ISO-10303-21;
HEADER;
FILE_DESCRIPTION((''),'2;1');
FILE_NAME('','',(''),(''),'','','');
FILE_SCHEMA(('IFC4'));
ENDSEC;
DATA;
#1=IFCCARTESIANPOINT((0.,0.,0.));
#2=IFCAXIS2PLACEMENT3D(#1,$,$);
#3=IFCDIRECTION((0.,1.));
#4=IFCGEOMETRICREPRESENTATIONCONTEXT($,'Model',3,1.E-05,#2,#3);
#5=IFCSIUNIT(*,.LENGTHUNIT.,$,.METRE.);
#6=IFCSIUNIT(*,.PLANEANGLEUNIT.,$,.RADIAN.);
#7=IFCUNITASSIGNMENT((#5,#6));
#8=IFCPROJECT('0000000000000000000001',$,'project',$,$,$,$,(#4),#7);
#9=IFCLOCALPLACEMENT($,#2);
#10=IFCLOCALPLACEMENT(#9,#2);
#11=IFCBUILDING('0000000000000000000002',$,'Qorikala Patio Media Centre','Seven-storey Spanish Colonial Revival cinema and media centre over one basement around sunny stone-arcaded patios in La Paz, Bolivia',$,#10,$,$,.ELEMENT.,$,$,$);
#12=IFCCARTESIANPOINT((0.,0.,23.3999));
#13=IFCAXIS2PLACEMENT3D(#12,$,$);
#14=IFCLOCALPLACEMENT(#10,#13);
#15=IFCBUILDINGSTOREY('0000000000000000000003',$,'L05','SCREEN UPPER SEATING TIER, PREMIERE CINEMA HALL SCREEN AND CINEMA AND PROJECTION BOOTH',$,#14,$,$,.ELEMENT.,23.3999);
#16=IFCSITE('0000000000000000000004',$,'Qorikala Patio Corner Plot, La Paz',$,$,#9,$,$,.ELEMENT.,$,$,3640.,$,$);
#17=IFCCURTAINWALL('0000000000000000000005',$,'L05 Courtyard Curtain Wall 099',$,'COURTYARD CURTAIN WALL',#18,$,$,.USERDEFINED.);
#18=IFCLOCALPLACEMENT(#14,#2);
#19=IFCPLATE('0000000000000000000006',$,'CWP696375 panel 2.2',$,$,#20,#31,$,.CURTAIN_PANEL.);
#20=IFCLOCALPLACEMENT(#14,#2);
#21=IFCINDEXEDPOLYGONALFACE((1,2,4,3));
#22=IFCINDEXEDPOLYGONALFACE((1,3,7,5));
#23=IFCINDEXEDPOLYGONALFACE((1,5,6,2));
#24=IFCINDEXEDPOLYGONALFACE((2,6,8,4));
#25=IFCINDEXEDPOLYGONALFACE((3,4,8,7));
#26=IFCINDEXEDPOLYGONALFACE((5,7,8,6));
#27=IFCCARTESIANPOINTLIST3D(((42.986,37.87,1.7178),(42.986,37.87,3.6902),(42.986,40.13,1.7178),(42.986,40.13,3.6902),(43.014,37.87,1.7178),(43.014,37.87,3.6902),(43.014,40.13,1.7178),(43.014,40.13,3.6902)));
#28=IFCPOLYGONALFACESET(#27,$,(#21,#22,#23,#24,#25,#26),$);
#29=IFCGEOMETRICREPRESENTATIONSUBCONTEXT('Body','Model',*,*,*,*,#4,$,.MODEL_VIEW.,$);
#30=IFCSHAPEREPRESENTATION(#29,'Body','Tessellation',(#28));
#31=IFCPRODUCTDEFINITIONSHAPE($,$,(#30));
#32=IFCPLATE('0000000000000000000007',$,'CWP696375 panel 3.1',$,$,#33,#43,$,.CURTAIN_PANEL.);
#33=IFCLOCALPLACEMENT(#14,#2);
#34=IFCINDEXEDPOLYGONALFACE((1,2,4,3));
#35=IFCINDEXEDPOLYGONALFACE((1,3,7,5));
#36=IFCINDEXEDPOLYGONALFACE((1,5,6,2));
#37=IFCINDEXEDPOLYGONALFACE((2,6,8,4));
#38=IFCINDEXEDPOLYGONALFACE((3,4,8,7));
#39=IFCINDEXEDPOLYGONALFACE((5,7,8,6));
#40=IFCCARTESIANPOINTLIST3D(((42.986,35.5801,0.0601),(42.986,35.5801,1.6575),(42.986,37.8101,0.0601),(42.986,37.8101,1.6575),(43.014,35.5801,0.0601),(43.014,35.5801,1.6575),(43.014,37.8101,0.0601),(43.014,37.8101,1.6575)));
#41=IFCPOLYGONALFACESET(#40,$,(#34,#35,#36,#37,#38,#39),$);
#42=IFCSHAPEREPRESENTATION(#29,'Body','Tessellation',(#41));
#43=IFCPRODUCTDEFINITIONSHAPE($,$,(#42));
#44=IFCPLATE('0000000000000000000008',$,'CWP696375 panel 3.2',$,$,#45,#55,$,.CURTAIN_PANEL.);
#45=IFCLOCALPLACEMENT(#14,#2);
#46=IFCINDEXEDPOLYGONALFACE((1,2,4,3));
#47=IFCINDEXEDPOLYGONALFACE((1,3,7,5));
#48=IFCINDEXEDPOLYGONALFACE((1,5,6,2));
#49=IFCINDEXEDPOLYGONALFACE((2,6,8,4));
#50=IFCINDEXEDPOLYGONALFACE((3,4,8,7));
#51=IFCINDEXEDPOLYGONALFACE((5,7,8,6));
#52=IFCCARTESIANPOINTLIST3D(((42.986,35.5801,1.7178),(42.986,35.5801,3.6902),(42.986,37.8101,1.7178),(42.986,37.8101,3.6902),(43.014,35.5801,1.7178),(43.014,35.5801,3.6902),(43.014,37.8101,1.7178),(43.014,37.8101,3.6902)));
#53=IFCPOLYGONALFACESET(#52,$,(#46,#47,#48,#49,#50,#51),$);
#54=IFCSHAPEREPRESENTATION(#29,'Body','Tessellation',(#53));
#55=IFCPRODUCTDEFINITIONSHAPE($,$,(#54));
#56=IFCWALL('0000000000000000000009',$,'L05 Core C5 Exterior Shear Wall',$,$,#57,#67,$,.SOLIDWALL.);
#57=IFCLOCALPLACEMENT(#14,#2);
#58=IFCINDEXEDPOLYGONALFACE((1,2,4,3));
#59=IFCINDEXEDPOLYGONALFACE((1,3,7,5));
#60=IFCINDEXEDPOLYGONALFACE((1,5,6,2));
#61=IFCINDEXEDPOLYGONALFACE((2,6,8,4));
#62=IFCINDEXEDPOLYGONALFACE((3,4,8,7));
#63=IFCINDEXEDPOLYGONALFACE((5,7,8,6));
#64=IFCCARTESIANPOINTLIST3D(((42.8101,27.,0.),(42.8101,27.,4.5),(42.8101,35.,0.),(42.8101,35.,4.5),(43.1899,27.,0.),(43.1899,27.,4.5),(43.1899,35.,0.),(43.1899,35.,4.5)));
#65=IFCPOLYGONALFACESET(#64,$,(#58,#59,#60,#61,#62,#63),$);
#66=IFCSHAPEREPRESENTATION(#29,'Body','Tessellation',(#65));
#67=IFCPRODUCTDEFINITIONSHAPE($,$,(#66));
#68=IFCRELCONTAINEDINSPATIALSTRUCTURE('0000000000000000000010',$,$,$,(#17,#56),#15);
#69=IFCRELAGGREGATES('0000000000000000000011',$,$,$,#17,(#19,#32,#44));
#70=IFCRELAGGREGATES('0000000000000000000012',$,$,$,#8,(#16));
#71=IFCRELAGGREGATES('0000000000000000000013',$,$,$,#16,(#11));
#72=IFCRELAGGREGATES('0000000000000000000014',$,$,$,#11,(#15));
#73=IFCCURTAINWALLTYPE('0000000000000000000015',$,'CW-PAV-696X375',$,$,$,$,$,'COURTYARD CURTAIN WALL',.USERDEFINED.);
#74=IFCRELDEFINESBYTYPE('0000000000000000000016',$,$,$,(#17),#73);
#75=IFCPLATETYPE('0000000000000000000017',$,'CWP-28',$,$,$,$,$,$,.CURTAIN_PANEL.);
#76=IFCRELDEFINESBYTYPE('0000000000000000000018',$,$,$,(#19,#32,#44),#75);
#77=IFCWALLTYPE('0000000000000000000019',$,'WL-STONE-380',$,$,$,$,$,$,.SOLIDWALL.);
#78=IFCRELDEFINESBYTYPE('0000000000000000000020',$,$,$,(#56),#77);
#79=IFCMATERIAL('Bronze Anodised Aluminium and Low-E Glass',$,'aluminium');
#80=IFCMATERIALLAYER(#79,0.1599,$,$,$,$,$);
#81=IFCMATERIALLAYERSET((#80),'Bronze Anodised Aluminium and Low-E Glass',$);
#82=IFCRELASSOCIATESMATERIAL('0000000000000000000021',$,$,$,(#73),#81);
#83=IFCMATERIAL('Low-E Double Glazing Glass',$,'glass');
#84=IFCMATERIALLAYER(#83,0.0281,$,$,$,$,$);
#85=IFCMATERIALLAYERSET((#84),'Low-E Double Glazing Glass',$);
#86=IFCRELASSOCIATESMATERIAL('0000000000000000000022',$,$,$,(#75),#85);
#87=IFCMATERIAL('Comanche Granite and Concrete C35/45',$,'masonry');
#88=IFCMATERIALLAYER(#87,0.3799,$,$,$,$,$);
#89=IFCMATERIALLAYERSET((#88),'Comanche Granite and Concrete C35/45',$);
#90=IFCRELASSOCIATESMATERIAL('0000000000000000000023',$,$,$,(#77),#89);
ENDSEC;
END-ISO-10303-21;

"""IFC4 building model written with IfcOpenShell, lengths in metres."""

from ifc_helpers import new_model, si_unit, direction, frame, frame_2d, origin, origin_2d, place, context, subcontext, project, spatial, rectangle, extrude, material, layer, layer_set, type_object, element, aggregate, save


model = new_model("IFC4")

# Units and contexts
model_context = context("Model", 3, precision=1e-05, world=origin(), true_north=direction((0.0, 1.0)))
body_context = subcontext(model_context, "Body", "Model", "MODEL_VIEW")
ifc_project = project(units=[si_unit("LENGTHUNIT", "METRE"), si_unit("PLANEANGLEUNIT", "RADIAN")], contexts=[model_context])

# Site, building, storey
site_placement = place(None, origin())
site = spatial("IfcSite", under=ifc_project, at=site_placement, Name="Qorikala Patio Corner Plot, La Paz", CompositionType="ELEMENT", RefElevation=3640.0)
building_placement = place(site_placement, origin())
building = spatial("IfcBuilding", under=site, at=building_placement, Name="Qorikala Patio Media Centre", Description="Seven-storey Spanish Colonial Revival cinema and media centre over one basement around sunny stone-arcaded patios in La Paz, Bolivia", CompositionType="ELEMENT")
storey_placement = place(building_placement, frame((0.0, 0.0, 23.3999)))
storey = spatial("IfcBuildingStorey", under=building, at=storey_placement, Name="L05", Description="SCREEN UPPER SEATING TIER, PREMIERE CINEMA HALL SCREEN AND CINEMA AND PROJECTION BOOTH", CompositionType="ELEMENT", Elevation=23.3999)

# Curtain wall
ifc_material_1 = material(Name="Bronze Anodised Aluminium and Low-E Glass", Category="aluminium")
ifc_layer_1 = layer(ifc_material_1, 0.1599)
ifc_layer_set_1 = layer_set([ifc_layer_1], Name="Bronze Anodised Aluminium and Low-E Glass")
curtain_wall_type = type_object("IfcCurtainWallType", Name="CW-PAV-696X375", ElementType="COURTYARD CURTAIN WALL", PredefinedType="USERDEFINED", material=ifc_layer_set_1)
curtain_wall_1_placement = place(storey_placement, origin())
curtain_wall_1 = element("IfcCurtainWall", 1, at=curtain_wall_1_placement, inside=storey, type_object=curtain_wall_type, Name="L05 Courtyard Curtain Wall 099", ObjectType="COURTYARD CURTAIN WALL", PredefinedType="USERDEFINED")

# Plates
ifc_material_2 = material(Name="Low-E Double Glazing Glass", Category="glass")
ifc_layer_2 = layer(ifc_material_2, 0.0281)
ifc_layer_set_2 = layer_set([ifc_layer_2], Name="Low-E Double Glazing Glass")
plate_type = type_object("IfcPlateType", Name="CWP-28", PredefinedType="CURTAIN_PANEL", material=ifc_layer_set_2)
plate_1_placement = place(storey_placement, frame((43.0, 39.0, 1.7178), z_axis=(0.0, 0.0, 1.0), x_axis=(0.0, -1.0, 0.0)))
plate_1 = element("IfcPlate", 2, at=plate_1_placement, type_object=plate_type, Name="CWP696375 panel 2.2", PredefinedType="CURTAIN_PANEL", context=body_context, shape_type="SweptSolid", body=[
    extrude(rectangle(XDim=2.26, YDim=0.0281, at=origin_2d()), origin(), (0.0, 0.0, 1.0), 1.9724),
])
plate_2_placement = place(storey_placement, frame((43.0, 36.6951, 0.0601), z_axis=(0.0, 0.0, 1.0), x_axis=(0.0, -1.0, 0.0)))
plate_2 = element("IfcPlate", 3, at=plate_2_placement, type_object=plate_type, Name="CWP696375 panel 3.1", PredefinedType="CURTAIN_PANEL", context=body_context, shape_type="SweptSolid", body=[
    extrude(rectangle(XDim=2.23, YDim=0.0281, at=origin_2d()), origin(), (0.0, 0.0, 1.0), 1.5974),
])
plate_3_placement = place(storey_placement, frame((43.0, 36.6951, 1.7178), z_axis=(0.0, 0.0, 1.0), x_axis=(0.0, -1.0, 0.0)))
plate_3 = element("IfcPlate", 4, at=plate_3_placement, type_object=plate_type, Name="CWP696375 panel 3.2", PredefinedType="CURTAIN_PANEL", context=body_context, shape_type="SweptSolid", body=[
    extrude(rectangle(XDim=2.23, YDim=0.0281, at=origin_2d()), origin(), (0.0, 0.0, 1.0), 1.9724),
])
aggregate(curtain_wall_1, [plate_1, plate_2, plate_3])

# Wall
ifc_material_3 = material(Name="Comanche Granite and Concrete C35/45", Category="masonry")
ifc_layer_3 = layer(ifc_material_3, 0.3799)
ifc_layer_set_3 = layer_set([ifc_layer_3], Name="Comanche Granite and Concrete C35/45")
wall_type = type_object("IfcWallType", Name="WL-STONE-380", PredefinedType="SOLIDWALL", material=ifc_layer_set_3)
wall_placement = place(storey_placement, frame((43.0, 35.0, 0.0), z_axis=(0.0, 0.0, 1.0), x_axis=(0.0, -1.0, 0.0)))
element("IfcWall", 5, at=wall_placement, inside=storey, type_object=wall_type, Name="L05 Core C5 Exterior Shear Wall", PredefinedType="SOLIDWALL", context=body_context, shape_type="SweptSolid", body=[
    extrude(rectangle(XDim=8.0, YDim=0.3799, at=frame_2d((4.0, 0.0))), origin(), (0.0, 0.0, 1.0), 4.5),
])

save(model, "model.ifc")
